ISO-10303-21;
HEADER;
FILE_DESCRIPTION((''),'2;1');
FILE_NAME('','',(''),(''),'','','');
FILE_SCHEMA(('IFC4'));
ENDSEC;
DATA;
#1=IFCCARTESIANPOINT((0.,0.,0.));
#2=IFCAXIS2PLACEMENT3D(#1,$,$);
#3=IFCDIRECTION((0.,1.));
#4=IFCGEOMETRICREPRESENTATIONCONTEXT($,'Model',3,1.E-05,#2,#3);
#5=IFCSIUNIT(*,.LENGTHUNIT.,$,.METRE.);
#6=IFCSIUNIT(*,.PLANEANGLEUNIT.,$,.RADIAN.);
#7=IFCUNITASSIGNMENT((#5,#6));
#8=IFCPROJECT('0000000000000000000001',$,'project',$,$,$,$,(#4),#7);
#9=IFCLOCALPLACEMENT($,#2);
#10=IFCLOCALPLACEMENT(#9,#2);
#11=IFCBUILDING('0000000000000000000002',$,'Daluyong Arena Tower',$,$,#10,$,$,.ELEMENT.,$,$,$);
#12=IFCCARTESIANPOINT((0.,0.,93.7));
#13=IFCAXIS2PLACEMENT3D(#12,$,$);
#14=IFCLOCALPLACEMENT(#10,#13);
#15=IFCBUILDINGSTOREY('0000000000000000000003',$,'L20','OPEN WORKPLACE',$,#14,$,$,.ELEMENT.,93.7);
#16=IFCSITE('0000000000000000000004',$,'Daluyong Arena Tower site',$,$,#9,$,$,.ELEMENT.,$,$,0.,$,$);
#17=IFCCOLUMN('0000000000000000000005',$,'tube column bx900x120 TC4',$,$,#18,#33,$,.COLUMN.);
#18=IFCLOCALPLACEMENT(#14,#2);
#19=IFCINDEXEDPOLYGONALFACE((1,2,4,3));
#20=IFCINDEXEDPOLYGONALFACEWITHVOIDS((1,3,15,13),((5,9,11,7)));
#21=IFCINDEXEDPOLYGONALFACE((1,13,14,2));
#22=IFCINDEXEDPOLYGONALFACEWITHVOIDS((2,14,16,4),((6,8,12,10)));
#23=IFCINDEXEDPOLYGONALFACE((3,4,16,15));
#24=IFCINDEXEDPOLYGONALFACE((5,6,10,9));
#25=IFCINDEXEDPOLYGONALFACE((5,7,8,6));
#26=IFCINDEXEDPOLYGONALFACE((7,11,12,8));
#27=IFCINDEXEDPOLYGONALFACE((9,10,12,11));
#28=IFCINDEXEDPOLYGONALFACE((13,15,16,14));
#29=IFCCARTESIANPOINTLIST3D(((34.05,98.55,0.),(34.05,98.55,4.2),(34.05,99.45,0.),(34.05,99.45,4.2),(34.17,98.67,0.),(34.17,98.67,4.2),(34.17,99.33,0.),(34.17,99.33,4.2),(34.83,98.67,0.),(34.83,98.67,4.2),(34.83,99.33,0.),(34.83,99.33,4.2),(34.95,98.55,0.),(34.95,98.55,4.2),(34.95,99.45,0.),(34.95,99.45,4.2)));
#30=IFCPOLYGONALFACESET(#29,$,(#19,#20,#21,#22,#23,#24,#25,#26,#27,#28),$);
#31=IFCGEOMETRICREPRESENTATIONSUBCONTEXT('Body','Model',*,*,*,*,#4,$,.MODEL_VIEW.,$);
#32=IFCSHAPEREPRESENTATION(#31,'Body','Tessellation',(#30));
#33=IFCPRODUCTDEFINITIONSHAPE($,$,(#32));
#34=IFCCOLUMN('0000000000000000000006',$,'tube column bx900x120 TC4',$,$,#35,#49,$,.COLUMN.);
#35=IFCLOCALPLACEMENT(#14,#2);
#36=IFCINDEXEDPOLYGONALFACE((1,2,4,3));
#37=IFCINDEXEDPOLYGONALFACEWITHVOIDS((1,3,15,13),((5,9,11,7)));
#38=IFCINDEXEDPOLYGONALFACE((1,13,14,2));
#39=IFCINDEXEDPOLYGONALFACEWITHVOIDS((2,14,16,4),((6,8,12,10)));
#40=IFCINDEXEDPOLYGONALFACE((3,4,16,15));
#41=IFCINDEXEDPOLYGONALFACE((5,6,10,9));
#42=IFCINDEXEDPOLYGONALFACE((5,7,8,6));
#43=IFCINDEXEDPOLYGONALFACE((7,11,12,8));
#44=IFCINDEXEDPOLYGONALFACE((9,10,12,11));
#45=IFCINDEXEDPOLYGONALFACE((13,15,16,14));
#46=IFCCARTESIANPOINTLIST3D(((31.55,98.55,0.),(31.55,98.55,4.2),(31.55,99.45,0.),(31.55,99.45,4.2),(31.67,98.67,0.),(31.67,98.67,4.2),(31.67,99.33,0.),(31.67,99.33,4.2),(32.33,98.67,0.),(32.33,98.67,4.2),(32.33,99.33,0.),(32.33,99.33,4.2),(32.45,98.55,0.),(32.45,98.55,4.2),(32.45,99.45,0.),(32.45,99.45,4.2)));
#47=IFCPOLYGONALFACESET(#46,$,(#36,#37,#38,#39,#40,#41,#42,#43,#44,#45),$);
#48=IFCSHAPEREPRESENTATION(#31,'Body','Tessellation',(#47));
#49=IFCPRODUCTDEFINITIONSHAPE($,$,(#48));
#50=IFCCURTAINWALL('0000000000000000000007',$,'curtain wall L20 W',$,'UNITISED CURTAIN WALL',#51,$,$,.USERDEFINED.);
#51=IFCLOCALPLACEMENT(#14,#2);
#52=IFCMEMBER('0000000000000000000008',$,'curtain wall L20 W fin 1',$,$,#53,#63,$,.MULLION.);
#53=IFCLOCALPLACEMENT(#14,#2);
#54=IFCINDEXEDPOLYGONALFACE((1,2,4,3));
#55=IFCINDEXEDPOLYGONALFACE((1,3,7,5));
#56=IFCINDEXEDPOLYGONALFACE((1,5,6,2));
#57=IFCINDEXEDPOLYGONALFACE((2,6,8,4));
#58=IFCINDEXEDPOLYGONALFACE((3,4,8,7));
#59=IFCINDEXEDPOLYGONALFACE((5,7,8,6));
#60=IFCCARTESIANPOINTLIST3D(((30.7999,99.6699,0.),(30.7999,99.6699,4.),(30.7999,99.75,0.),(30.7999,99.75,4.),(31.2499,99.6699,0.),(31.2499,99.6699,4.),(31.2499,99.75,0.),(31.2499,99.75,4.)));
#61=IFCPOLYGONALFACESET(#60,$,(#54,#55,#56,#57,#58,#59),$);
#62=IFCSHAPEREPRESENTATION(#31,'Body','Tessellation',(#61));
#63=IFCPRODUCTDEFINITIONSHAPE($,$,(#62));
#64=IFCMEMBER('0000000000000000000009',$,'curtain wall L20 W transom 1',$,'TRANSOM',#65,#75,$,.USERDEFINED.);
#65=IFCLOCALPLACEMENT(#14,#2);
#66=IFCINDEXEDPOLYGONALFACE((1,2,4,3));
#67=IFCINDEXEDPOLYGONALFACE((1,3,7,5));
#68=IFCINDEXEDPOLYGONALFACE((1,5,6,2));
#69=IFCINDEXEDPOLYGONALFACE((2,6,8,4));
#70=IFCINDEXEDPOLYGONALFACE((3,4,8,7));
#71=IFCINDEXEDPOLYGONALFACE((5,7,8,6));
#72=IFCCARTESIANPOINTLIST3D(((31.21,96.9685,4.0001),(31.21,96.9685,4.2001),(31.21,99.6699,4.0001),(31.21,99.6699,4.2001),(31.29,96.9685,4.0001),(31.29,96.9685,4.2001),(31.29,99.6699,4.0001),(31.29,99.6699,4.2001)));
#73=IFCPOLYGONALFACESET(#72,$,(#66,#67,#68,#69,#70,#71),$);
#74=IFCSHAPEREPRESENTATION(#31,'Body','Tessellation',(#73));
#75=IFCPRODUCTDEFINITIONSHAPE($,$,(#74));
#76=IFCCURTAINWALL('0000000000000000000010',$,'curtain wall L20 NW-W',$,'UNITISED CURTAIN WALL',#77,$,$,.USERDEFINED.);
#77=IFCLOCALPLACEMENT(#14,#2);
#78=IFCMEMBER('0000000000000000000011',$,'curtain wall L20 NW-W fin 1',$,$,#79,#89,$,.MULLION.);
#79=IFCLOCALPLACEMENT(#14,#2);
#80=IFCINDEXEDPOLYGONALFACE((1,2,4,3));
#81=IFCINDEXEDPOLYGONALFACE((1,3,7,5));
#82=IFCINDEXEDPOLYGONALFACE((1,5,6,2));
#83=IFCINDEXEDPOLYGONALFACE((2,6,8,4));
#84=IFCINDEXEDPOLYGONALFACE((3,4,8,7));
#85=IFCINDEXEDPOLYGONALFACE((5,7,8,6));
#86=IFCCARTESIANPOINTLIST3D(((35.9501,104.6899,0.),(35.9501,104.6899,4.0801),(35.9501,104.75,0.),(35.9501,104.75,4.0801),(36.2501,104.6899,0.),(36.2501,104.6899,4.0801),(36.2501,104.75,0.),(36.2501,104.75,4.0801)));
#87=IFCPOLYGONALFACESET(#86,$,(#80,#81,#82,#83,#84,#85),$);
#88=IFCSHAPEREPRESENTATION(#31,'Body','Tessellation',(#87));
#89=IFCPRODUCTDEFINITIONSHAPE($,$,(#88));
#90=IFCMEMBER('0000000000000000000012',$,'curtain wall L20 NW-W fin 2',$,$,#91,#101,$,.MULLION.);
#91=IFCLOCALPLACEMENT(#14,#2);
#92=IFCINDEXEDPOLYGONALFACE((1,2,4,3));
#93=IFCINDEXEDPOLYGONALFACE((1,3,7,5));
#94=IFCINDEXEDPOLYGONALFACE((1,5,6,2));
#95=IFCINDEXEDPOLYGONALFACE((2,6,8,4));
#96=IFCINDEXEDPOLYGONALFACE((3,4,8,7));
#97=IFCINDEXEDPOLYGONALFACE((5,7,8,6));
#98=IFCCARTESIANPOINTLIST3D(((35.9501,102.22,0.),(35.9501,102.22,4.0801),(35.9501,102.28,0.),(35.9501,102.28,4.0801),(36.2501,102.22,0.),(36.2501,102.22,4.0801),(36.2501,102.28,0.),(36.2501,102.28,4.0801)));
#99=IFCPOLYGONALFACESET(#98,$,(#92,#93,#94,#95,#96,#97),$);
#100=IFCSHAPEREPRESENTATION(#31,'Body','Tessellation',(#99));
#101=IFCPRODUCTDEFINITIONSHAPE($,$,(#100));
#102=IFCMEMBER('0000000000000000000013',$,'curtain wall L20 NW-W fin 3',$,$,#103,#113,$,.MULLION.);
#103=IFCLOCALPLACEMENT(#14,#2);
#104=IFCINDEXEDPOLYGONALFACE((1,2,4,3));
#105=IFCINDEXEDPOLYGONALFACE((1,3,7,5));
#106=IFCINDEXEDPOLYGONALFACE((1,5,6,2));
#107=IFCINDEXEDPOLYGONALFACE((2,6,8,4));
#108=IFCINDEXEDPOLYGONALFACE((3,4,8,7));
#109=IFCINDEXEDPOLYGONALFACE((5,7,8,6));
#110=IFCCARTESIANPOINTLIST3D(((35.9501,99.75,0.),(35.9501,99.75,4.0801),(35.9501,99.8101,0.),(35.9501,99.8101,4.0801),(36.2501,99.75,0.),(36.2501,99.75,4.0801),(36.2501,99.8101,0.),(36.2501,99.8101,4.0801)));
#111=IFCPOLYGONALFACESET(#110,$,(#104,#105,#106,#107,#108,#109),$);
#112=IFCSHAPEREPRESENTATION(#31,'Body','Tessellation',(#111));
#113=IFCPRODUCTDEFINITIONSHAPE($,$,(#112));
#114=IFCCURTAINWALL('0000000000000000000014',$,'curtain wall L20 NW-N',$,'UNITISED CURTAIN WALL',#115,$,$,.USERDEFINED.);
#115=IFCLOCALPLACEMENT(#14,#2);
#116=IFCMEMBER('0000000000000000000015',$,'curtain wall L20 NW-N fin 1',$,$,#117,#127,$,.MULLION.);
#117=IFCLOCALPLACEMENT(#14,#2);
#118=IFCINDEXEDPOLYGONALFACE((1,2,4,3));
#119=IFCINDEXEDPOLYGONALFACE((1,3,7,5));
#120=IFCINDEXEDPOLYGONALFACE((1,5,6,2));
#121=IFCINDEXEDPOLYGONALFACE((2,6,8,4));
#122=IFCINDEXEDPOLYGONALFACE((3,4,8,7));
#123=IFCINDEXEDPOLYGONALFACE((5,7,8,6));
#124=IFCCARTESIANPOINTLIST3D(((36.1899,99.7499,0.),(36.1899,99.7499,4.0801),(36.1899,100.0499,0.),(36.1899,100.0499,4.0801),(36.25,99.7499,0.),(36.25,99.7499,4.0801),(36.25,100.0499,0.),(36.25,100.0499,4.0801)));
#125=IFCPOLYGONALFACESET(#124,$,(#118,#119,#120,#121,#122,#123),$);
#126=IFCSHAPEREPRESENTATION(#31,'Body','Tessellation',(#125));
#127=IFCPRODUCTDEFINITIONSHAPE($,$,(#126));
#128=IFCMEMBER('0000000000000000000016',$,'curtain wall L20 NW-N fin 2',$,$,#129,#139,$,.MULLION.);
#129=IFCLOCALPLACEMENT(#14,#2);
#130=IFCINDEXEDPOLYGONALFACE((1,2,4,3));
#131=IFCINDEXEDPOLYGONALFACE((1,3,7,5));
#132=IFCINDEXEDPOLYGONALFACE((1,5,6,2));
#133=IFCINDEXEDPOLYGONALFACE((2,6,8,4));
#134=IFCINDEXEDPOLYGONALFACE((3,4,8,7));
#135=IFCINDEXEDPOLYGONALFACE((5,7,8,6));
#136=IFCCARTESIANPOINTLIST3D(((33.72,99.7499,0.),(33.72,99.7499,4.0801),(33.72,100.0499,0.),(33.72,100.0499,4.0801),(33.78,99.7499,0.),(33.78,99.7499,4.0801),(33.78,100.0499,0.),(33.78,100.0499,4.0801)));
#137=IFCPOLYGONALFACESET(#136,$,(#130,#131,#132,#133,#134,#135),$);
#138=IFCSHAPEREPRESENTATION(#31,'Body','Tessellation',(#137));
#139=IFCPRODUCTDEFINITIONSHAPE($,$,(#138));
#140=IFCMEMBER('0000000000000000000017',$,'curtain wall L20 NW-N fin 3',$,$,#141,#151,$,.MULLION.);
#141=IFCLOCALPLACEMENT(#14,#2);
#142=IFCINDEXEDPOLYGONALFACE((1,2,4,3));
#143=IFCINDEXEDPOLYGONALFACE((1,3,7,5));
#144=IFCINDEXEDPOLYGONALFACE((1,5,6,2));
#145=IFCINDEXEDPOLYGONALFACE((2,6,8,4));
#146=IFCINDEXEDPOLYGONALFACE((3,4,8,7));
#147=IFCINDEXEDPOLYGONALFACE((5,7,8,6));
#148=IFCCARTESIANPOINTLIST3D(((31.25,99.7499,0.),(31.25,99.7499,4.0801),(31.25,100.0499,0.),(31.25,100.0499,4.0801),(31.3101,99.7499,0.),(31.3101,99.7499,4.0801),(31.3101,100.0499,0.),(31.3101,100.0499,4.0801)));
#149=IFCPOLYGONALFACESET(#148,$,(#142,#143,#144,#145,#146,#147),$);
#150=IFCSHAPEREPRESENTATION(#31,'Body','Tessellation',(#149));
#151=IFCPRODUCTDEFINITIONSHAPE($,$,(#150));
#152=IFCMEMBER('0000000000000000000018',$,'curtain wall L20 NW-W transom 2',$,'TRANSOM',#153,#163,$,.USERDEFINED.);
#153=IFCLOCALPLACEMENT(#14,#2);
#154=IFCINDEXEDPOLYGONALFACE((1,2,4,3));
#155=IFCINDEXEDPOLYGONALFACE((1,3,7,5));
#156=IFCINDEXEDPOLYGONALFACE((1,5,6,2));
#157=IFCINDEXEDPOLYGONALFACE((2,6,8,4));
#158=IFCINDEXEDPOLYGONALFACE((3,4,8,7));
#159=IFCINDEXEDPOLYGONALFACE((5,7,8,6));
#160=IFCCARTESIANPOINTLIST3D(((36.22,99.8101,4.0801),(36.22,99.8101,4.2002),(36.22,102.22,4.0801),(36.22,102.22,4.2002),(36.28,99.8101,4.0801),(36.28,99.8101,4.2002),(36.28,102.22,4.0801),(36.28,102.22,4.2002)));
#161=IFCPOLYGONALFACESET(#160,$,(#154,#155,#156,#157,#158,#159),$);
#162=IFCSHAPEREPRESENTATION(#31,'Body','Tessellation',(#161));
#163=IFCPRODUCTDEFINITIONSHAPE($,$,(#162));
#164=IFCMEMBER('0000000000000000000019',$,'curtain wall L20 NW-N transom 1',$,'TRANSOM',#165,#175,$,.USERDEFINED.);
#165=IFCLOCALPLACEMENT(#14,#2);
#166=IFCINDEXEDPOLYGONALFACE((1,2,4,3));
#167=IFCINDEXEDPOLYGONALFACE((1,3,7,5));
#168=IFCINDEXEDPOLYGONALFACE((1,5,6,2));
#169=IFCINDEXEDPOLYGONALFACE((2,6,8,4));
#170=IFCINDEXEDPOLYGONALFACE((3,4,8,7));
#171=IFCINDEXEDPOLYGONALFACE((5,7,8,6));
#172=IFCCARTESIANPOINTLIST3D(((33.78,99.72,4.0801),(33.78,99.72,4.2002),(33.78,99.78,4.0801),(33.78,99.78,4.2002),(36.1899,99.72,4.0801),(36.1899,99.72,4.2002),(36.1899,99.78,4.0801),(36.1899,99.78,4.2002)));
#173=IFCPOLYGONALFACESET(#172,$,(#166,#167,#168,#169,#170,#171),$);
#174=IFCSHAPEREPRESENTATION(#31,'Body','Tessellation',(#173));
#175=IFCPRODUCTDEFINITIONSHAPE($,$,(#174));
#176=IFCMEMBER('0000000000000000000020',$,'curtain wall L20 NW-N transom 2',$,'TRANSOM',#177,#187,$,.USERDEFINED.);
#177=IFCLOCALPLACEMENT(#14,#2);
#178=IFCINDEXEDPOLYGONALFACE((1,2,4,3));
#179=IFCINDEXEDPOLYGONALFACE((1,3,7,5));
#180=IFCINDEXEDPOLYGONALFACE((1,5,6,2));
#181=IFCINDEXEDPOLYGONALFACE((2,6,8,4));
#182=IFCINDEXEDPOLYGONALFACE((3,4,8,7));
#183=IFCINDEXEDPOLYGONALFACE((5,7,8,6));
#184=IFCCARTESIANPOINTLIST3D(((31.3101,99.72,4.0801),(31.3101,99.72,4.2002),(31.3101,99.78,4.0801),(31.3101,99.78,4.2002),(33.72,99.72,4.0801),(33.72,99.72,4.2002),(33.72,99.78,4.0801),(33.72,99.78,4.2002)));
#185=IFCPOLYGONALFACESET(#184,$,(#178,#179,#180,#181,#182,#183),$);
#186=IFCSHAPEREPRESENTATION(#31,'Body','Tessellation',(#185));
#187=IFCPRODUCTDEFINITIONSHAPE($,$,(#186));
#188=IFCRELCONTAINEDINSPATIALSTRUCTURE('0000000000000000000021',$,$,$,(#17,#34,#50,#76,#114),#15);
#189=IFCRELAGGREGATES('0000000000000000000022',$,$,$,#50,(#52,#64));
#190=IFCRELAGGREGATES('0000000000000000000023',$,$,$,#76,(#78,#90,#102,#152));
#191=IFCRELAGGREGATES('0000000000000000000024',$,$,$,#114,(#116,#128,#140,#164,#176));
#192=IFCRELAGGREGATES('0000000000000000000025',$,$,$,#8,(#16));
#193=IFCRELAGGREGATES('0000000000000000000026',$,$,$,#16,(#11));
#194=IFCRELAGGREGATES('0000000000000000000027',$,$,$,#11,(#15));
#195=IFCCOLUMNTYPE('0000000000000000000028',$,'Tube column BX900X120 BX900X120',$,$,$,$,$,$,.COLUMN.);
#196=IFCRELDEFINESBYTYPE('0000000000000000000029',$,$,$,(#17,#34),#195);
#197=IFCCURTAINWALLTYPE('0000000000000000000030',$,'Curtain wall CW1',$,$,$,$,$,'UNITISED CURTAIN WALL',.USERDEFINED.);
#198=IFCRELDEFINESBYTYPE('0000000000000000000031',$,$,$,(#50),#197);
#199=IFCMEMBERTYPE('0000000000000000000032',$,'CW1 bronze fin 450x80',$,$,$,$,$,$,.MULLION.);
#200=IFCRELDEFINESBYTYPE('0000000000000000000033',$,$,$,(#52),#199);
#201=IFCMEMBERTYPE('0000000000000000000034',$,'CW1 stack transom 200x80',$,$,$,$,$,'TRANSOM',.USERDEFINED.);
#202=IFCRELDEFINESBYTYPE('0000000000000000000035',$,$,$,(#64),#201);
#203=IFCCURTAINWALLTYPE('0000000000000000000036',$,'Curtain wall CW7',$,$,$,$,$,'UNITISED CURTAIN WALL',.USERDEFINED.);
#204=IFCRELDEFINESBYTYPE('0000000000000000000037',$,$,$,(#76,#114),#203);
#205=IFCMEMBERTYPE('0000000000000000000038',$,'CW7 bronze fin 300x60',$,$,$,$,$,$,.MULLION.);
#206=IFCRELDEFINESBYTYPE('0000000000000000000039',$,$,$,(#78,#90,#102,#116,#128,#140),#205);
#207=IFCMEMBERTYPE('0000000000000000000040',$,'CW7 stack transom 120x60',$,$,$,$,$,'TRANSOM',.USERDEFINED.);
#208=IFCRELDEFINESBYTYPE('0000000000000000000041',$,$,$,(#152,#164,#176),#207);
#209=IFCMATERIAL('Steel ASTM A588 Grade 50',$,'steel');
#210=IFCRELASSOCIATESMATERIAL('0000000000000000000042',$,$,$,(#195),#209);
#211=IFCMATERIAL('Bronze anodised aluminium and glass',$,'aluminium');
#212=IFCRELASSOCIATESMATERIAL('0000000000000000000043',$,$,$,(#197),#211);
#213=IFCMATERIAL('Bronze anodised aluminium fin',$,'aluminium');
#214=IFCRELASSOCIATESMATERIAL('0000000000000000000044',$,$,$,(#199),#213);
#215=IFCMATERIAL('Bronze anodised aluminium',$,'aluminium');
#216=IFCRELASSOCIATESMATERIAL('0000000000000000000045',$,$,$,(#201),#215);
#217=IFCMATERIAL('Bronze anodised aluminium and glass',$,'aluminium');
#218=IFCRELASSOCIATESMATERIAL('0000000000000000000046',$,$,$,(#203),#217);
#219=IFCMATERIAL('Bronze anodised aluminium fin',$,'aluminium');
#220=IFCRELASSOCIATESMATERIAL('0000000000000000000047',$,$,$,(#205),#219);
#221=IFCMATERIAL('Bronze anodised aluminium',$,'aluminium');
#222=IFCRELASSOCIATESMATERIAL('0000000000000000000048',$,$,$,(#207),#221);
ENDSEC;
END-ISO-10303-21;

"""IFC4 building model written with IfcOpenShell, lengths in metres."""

from ifc_helpers import new_model, si_unit, direction, frame, origin, origin_2d, place, context, subcontext, project, spatial, rectangle, hollow_rectangle, extrude, material, material_profile, profile_set, type_object, element, aggregate, save


model = new_model("IFC4")

# Units and contexts
model_context = context("Model", 3, precision=1e-05, world=origin(), true_north=direction((0.0, 1.0)))
body_context = subcontext(model_context, "Body", "Model", "MODEL_VIEW")
ifc_project = project(units=[si_unit("LENGTHUNIT", "METRE"), si_unit("PLANEANGLEUNIT", "RADIAN")], contexts=[model_context])

# Site, building, storey
site_placement = place(None, origin())
site = spatial("IfcSite", under=ifc_project, at=site_placement, Name="Daluyong Arena Tower site", CompositionType="ELEMENT", RefElevation=0.0)
building_placement = place(site_placement, origin())
building = spatial("IfcBuilding", under=site, at=building_placement, Name="Daluyong Arena Tower", CompositionType="ELEMENT")
storey_placement = place(building_placement, frame((0.0, 0.0, 93.7)))
storey = spatial("IfcBuildingStorey", under=building, at=storey_placement, Name="L20", Description="OPEN WORKPLACE", CompositionType="ELEMENT", Elevation=93.7)

# Columns
ifc_material_1 = material(Name="Steel ASTM A588 Grade 50", Category="steel")
ifc_material_profile_1 = material_profile(ifc_material_1, hollow_rectangle(XDim=0.8999, YDim=0.8999, WallThickness=0.12, at=origin_2d()))
ifc_profile_set_1 = profile_set([ifc_material_profile_1], Name="Steel ASTM A588 Grade 50")
column_type = type_object("IfcColumnType", Name="Tube column BX900X120 BX900X120", PredefinedType="COLUMN", material=ifc_profile_set_1)
for number, where, z_axis, x_axis, name in (
    (1, (34.5, 99.0, 0.0), (0.0, 0.0, 1.0), (1.0, 0.0, 0.0), "tube column bx900x120 TC4"),
    (2, (32.0, 99.0, 0.0), (0.0, 0.0, 1.0), (0.0, 1.0, 0.0), "tube column bx900x120 TC4"),
):
    element("IfcColumn", number, at=place(storey_placement, frame(where, z_axis=z_axis, x_axis=x_axis)), inside=storey, type_object=column_type, Name=name, PredefinedType="COLUMN", context=body_context, shape_type="SweptSolid", body=[
        extrude(hollow_rectangle(XDim=0.8999, YDim=0.8999, WallThickness=0.12, at=origin_2d()), origin(), (0.0, 0.0, 1.0), 4.2),
    ])

# Curtain walls, members
ifc_material_2 = material(Name="Bronze anodised aluminium and glass", Category="aluminium")
curtain_wall_type_1 = type_object("IfcCurtainWallType", Name="Curtain wall CW1", ElementType="UNITISED CURTAIN WALL", PredefinedType="USERDEFINED", material=ifc_material_2)
curtain_wall_1_placement = place(storey_placement, origin())
curtain_wall_1 = element("IfcCurtainWall", 3, at=curtain_wall_1_placement, inside=storey, type_object=curtain_wall_type_1, Name="curtain wall L20 W", ObjectType="UNITISED CURTAIN WALL", PredefinedType="USERDEFINED")
ifc_material_3 = material(Name="Bronze anodised aluminium fin", Category="aluminium")
ifc_material_profile_2 = material_profile(ifc_material_3, rectangle(XDim=0.45, YDim=0.0801, at=origin_2d()))
ifc_profile_set_2 = profile_set([ifc_material_profile_2], Name="Bronze anodised aluminium fin")
member_type_1 = type_object("IfcMemberType", Name="CW1 bronze fin 450x80", PredefinedType="MULLION", material=ifc_profile_set_2)
member_1_placement = place(storey_placement, frame((31.0249, 99.71, 0.0), z_axis=(0.0, 0.0, 1.0), x_axis=(1.0, 0.0, 0.0)))
member_1 = element("IfcMember", 4, at=member_1_placement, type_object=member_type_1, Name="curtain wall L20 W fin 1", PredefinedType="MULLION", context=body_context, shape_type="SweptSolid", body=[
    extrude(rectangle(XDim=0.45, YDim=0.0801, at=origin_2d()), origin(), (0.0, 0.0, 1.0), 4.0),
])
ifc_material_4 = material(Name="Bronze anodised aluminium", Category="aluminium")
ifc_material_profile_3 = material_profile(ifc_material_4, rectangle(XDim=0.0801, YDim=0.2, at=origin_2d()))
ifc_profile_set_3 = profile_set([ifc_material_profile_3], Name="Bronze anodised aluminium")
member_type_2 = type_object("IfcMemberType", Name="CW1 stack transom 200x80", ElementType="TRANSOM", PredefinedType="USERDEFINED", material=ifc_profile_set_3)
member_2_placement = place(storey_placement, frame((31.25, 99.6699, 4.1001), z_axis=(0.0, -1.0, 0.0), x_axis=(1.0, 0.0, 0.0)))
member_2 = element("IfcMember", 5, at=member_2_placement, type_object=member_type_2, Name="curtain wall L20 W transom 1", ObjectType="TRANSOM", PredefinedType="USERDEFINED", context=body_context, shape_type="SweptSolid", body=[
    extrude(rectangle(XDim=0.0801, YDim=0.2, at=origin_2d()), origin(), (0.0, 0.0, 1.0), 2.7014),
])
aggregate(curtain_wall_1, [member_1, member_2])
ifc_material_5 = material(Name="Bronze anodised aluminium and glass", Category="aluminium")
curtain_wall_type_2 = type_object("IfcCurtainWallType", Name="Curtain wall CW7", ElementType="UNITISED CURTAIN WALL", PredefinedType="USERDEFINED", material=ifc_material_5)
curtain_wall_2_placement = place(storey_placement, origin())
curtain_wall_2 = element("IfcCurtainWall", 6, at=curtain_wall_2_placement, inside=storey, type_object=curtain_wall_type_2, Name="curtain wall L20 NW-W", ObjectType="UNITISED CURTAIN WALL", PredefinedType="USERDEFINED")
ifc_material_6 = material(Name="Bronze anodised aluminium fin", Category="aluminium")
ifc_material_profile_4 = material_profile(ifc_material_6, rectangle(XDim=0.3, YDim=0.0601, at=origin_2d()))
ifc_profile_set_4 = profile_set([ifc_material_profile_4], Name="Bronze anodised aluminium fin")
member_type_3 = type_object("IfcMemberType", Name="CW7 bronze fin 300x60", PredefinedType="MULLION", material=ifc_profile_set_4)
member_3_placement = place(storey_placement, frame((36.1001, 104.72, 0.0), z_axis=(0.0, 0.0, 1.0), x_axis=(1.0, 0.0, 0.0)))
member_3 = element("IfcMember", 7, at=member_3_placement, type_object=member_type_3, Name="curtain wall L20 NW-W fin 1", PredefinedType="MULLION", context=body_context, shape_type="SweptSolid", body=[
    extrude(rectangle(XDim=0.3, YDim=0.0601, at=origin_2d()), origin(), (0.0, 0.0, 1.0), 4.0801),
])
member_4_placement = place(storey_placement, frame((36.1001, 102.25, 0.0), z_axis=(0.0, 0.0, 1.0), x_axis=(1.0, 0.0, 0.0)))
member_4 = element("IfcMember", 8, at=member_4_placement, type_object=member_type_3, Name="curtain wall L20 NW-W fin 2", PredefinedType="MULLION", context=body_context, shape_type="SweptSolid", body=[
    extrude(rectangle(XDim=0.3, YDim=0.0601, at=origin_2d()), origin(), (0.0, 0.0, 1.0), 4.0801),
])
member_5_placement = place(storey_placement, frame((36.1001, 99.78, 0.0), z_axis=(0.0, 0.0, 1.0), x_axis=(1.0, 0.0, 0.0)))
member_5 = element("IfcMember", 9, at=member_5_placement, type_object=member_type_3, Name="curtain wall L20 NW-W fin 3", PredefinedType="MULLION", context=body_context, shape_type="SweptSolid", body=[
    extrude(rectangle(XDim=0.3, YDim=0.0601, at=origin_2d()), origin(), (0.0, 0.0, 1.0), 4.0801),
])
curtain_wall_3_placement = place(storey_placement, origin())
curtain_wall_3 = element("IfcCurtainWall", 10, at=curtain_wall_3_placement, inside=storey, type_object=curtain_wall_type_2, Name="curtain wall L20 NW-N", ObjectType="UNITISED CURTAIN WALL", PredefinedType="USERDEFINED")
member_6_placement = place(storey_placement, frame((36.22, 99.8999, 0.0), z_axis=(0.0, 0.0, 1.0), x_axis=(0.0, -1.0, 0.0)))
member_6 = element("IfcMember", 11, at=member_6_placement, type_object=member_type_3, Name="curtain wall L20 NW-N fin 1", PredefinedType="MULLION", context=body_context, shape_type="SweptSolid", body=[
    extrude(rectangle(XDim=0.3, YDim=0.0601, at=origin_2d()), origin(), (0.0, 0.0, 1.0), 4.0801),
])
member_7_placement = place(storey_placement, frame((33.75, 99.8999, 0.0), z_axis=(0.0, 0.0, 1.0), x_axis=(0.0, -1.0, 0.0)))
member_7 = element("IfcMember", 12, at=member_7_placement, type_object=member_type_3, Name="curtain wall L20 NW-N fin 2", PredefinedType="MULLION", context=body_context, shape_type="SweptSolid", body=[
    extrude(rectangle(XDim=0.3, YDim=0.0601, at=origin_2d()), origin(), (0.0, 0.0, 1.0), 4.0801),
])
member_8_placement = place(storey_placement, frame((31.28, 99.8999, 0.0), z_axis=(0.0, 0.0, 1.0), x_axis=(0.0, -1.0, 0.0)))
member_8 = element("IfcMember", 13, at=member_8_placement, type_object=member_type_3, Name="curtain wall L20 NW-N fin 3", PredefinedType="MULLION", context=body_context, shape_type="SweptSolid", body=[
    extrude(rectangle(XDim=0.3, YDim=0.0601, at=origin_2d()), origin(), (0.0, 0.0, 1.0), 4.0801),
])

# Members
ifc_material_7 = material(Name="Bronze anodised aluminium", Category="aluminium")
ifc_material_profile_5 = material_profile(ifc_material_7, rectangle(XDim=0.0601, YDim=0.1201, at=origin_2d()))
ifc_profile_set_5 = profile_set([ifc_material_profile_5], Name="Bronze anodised aluminium")
member_type_4 = type_object("IfcMemberType", Name="CW7 stack transom 120x60", ElementType="TRANSOM", PredefinedType="USERDEFINED", material=ifc_profile_set_5)
member_9_placement = place(storey_placement, frame((36.25, 102.22, 4.1401), z_axis=(0.0, -1.0, 0.0), x_axis=(1.0, 0.0, 0.0)))
member_9 = element("IfcMember", 14, at=member_9_placement, type_object=member_type_4, Name="curtain wall L20 NW-W transom 2", ObjectType="TRANSOM", PredefinedType="USERDEFINED", context=body_context, shape_type="SweptSolid", body=[
    extrude(rectangle(XDim=0.0601, YDim=0.1201, at=origin_2d()), origin(), (0.0, 0.0, 1.0), 2.4099),
])
member_10_placement = place(storey_placement, frame((36.1899, 99.75, 4.1401), z_axis=(-1.0, 0.0, 0.0), x_axis=(0.0, -1.0, 0.0)))
member_10 = element("IfcMember", 15, at=member_10_placement, type_object=member_type_4, Name="curtain wall L20 NW-N transom 1", ObjectType="TRANSOM", PredefinedType="USERDEFINED", context=body_context, shape_type="SweptSolid", body=[
    extrude(rectangle(XDim=0.0601, YDim=0.1201, at=origin_2d()), origin(), (0.0, 0.0, 1.0), 2.4099),
])
member_11_placement = place(storey_placement, frame((33.72, 99.75, 4.1401), z_axis=(-1.0, 0.0, 0.0), x_axis=(0.0, -1.0, 0.0)))
member_11 = element("IfcMember", 16, at=member_11_placement, type_object=member_type_4, Name="curtain wall L20 NW-N transom 2", ObjectType="TRANSOM", PredefinedType="USERDEFINED", context=body_context, shape_type="SweptSolid", body=[
    extrude(rectangle(XDim=0.0601, YDim=0.1201, at=origin_2d()), origin(), (0.0, 0.0, 1.0), 2.4099),
])

aggregate(curtain_wall_2, [member_3, member_4, member_5, member_9])
aggregate(curtain_wall_3, [member_6, member_7, member_8, member_10, member_11])

save(model, "model.ifc")
